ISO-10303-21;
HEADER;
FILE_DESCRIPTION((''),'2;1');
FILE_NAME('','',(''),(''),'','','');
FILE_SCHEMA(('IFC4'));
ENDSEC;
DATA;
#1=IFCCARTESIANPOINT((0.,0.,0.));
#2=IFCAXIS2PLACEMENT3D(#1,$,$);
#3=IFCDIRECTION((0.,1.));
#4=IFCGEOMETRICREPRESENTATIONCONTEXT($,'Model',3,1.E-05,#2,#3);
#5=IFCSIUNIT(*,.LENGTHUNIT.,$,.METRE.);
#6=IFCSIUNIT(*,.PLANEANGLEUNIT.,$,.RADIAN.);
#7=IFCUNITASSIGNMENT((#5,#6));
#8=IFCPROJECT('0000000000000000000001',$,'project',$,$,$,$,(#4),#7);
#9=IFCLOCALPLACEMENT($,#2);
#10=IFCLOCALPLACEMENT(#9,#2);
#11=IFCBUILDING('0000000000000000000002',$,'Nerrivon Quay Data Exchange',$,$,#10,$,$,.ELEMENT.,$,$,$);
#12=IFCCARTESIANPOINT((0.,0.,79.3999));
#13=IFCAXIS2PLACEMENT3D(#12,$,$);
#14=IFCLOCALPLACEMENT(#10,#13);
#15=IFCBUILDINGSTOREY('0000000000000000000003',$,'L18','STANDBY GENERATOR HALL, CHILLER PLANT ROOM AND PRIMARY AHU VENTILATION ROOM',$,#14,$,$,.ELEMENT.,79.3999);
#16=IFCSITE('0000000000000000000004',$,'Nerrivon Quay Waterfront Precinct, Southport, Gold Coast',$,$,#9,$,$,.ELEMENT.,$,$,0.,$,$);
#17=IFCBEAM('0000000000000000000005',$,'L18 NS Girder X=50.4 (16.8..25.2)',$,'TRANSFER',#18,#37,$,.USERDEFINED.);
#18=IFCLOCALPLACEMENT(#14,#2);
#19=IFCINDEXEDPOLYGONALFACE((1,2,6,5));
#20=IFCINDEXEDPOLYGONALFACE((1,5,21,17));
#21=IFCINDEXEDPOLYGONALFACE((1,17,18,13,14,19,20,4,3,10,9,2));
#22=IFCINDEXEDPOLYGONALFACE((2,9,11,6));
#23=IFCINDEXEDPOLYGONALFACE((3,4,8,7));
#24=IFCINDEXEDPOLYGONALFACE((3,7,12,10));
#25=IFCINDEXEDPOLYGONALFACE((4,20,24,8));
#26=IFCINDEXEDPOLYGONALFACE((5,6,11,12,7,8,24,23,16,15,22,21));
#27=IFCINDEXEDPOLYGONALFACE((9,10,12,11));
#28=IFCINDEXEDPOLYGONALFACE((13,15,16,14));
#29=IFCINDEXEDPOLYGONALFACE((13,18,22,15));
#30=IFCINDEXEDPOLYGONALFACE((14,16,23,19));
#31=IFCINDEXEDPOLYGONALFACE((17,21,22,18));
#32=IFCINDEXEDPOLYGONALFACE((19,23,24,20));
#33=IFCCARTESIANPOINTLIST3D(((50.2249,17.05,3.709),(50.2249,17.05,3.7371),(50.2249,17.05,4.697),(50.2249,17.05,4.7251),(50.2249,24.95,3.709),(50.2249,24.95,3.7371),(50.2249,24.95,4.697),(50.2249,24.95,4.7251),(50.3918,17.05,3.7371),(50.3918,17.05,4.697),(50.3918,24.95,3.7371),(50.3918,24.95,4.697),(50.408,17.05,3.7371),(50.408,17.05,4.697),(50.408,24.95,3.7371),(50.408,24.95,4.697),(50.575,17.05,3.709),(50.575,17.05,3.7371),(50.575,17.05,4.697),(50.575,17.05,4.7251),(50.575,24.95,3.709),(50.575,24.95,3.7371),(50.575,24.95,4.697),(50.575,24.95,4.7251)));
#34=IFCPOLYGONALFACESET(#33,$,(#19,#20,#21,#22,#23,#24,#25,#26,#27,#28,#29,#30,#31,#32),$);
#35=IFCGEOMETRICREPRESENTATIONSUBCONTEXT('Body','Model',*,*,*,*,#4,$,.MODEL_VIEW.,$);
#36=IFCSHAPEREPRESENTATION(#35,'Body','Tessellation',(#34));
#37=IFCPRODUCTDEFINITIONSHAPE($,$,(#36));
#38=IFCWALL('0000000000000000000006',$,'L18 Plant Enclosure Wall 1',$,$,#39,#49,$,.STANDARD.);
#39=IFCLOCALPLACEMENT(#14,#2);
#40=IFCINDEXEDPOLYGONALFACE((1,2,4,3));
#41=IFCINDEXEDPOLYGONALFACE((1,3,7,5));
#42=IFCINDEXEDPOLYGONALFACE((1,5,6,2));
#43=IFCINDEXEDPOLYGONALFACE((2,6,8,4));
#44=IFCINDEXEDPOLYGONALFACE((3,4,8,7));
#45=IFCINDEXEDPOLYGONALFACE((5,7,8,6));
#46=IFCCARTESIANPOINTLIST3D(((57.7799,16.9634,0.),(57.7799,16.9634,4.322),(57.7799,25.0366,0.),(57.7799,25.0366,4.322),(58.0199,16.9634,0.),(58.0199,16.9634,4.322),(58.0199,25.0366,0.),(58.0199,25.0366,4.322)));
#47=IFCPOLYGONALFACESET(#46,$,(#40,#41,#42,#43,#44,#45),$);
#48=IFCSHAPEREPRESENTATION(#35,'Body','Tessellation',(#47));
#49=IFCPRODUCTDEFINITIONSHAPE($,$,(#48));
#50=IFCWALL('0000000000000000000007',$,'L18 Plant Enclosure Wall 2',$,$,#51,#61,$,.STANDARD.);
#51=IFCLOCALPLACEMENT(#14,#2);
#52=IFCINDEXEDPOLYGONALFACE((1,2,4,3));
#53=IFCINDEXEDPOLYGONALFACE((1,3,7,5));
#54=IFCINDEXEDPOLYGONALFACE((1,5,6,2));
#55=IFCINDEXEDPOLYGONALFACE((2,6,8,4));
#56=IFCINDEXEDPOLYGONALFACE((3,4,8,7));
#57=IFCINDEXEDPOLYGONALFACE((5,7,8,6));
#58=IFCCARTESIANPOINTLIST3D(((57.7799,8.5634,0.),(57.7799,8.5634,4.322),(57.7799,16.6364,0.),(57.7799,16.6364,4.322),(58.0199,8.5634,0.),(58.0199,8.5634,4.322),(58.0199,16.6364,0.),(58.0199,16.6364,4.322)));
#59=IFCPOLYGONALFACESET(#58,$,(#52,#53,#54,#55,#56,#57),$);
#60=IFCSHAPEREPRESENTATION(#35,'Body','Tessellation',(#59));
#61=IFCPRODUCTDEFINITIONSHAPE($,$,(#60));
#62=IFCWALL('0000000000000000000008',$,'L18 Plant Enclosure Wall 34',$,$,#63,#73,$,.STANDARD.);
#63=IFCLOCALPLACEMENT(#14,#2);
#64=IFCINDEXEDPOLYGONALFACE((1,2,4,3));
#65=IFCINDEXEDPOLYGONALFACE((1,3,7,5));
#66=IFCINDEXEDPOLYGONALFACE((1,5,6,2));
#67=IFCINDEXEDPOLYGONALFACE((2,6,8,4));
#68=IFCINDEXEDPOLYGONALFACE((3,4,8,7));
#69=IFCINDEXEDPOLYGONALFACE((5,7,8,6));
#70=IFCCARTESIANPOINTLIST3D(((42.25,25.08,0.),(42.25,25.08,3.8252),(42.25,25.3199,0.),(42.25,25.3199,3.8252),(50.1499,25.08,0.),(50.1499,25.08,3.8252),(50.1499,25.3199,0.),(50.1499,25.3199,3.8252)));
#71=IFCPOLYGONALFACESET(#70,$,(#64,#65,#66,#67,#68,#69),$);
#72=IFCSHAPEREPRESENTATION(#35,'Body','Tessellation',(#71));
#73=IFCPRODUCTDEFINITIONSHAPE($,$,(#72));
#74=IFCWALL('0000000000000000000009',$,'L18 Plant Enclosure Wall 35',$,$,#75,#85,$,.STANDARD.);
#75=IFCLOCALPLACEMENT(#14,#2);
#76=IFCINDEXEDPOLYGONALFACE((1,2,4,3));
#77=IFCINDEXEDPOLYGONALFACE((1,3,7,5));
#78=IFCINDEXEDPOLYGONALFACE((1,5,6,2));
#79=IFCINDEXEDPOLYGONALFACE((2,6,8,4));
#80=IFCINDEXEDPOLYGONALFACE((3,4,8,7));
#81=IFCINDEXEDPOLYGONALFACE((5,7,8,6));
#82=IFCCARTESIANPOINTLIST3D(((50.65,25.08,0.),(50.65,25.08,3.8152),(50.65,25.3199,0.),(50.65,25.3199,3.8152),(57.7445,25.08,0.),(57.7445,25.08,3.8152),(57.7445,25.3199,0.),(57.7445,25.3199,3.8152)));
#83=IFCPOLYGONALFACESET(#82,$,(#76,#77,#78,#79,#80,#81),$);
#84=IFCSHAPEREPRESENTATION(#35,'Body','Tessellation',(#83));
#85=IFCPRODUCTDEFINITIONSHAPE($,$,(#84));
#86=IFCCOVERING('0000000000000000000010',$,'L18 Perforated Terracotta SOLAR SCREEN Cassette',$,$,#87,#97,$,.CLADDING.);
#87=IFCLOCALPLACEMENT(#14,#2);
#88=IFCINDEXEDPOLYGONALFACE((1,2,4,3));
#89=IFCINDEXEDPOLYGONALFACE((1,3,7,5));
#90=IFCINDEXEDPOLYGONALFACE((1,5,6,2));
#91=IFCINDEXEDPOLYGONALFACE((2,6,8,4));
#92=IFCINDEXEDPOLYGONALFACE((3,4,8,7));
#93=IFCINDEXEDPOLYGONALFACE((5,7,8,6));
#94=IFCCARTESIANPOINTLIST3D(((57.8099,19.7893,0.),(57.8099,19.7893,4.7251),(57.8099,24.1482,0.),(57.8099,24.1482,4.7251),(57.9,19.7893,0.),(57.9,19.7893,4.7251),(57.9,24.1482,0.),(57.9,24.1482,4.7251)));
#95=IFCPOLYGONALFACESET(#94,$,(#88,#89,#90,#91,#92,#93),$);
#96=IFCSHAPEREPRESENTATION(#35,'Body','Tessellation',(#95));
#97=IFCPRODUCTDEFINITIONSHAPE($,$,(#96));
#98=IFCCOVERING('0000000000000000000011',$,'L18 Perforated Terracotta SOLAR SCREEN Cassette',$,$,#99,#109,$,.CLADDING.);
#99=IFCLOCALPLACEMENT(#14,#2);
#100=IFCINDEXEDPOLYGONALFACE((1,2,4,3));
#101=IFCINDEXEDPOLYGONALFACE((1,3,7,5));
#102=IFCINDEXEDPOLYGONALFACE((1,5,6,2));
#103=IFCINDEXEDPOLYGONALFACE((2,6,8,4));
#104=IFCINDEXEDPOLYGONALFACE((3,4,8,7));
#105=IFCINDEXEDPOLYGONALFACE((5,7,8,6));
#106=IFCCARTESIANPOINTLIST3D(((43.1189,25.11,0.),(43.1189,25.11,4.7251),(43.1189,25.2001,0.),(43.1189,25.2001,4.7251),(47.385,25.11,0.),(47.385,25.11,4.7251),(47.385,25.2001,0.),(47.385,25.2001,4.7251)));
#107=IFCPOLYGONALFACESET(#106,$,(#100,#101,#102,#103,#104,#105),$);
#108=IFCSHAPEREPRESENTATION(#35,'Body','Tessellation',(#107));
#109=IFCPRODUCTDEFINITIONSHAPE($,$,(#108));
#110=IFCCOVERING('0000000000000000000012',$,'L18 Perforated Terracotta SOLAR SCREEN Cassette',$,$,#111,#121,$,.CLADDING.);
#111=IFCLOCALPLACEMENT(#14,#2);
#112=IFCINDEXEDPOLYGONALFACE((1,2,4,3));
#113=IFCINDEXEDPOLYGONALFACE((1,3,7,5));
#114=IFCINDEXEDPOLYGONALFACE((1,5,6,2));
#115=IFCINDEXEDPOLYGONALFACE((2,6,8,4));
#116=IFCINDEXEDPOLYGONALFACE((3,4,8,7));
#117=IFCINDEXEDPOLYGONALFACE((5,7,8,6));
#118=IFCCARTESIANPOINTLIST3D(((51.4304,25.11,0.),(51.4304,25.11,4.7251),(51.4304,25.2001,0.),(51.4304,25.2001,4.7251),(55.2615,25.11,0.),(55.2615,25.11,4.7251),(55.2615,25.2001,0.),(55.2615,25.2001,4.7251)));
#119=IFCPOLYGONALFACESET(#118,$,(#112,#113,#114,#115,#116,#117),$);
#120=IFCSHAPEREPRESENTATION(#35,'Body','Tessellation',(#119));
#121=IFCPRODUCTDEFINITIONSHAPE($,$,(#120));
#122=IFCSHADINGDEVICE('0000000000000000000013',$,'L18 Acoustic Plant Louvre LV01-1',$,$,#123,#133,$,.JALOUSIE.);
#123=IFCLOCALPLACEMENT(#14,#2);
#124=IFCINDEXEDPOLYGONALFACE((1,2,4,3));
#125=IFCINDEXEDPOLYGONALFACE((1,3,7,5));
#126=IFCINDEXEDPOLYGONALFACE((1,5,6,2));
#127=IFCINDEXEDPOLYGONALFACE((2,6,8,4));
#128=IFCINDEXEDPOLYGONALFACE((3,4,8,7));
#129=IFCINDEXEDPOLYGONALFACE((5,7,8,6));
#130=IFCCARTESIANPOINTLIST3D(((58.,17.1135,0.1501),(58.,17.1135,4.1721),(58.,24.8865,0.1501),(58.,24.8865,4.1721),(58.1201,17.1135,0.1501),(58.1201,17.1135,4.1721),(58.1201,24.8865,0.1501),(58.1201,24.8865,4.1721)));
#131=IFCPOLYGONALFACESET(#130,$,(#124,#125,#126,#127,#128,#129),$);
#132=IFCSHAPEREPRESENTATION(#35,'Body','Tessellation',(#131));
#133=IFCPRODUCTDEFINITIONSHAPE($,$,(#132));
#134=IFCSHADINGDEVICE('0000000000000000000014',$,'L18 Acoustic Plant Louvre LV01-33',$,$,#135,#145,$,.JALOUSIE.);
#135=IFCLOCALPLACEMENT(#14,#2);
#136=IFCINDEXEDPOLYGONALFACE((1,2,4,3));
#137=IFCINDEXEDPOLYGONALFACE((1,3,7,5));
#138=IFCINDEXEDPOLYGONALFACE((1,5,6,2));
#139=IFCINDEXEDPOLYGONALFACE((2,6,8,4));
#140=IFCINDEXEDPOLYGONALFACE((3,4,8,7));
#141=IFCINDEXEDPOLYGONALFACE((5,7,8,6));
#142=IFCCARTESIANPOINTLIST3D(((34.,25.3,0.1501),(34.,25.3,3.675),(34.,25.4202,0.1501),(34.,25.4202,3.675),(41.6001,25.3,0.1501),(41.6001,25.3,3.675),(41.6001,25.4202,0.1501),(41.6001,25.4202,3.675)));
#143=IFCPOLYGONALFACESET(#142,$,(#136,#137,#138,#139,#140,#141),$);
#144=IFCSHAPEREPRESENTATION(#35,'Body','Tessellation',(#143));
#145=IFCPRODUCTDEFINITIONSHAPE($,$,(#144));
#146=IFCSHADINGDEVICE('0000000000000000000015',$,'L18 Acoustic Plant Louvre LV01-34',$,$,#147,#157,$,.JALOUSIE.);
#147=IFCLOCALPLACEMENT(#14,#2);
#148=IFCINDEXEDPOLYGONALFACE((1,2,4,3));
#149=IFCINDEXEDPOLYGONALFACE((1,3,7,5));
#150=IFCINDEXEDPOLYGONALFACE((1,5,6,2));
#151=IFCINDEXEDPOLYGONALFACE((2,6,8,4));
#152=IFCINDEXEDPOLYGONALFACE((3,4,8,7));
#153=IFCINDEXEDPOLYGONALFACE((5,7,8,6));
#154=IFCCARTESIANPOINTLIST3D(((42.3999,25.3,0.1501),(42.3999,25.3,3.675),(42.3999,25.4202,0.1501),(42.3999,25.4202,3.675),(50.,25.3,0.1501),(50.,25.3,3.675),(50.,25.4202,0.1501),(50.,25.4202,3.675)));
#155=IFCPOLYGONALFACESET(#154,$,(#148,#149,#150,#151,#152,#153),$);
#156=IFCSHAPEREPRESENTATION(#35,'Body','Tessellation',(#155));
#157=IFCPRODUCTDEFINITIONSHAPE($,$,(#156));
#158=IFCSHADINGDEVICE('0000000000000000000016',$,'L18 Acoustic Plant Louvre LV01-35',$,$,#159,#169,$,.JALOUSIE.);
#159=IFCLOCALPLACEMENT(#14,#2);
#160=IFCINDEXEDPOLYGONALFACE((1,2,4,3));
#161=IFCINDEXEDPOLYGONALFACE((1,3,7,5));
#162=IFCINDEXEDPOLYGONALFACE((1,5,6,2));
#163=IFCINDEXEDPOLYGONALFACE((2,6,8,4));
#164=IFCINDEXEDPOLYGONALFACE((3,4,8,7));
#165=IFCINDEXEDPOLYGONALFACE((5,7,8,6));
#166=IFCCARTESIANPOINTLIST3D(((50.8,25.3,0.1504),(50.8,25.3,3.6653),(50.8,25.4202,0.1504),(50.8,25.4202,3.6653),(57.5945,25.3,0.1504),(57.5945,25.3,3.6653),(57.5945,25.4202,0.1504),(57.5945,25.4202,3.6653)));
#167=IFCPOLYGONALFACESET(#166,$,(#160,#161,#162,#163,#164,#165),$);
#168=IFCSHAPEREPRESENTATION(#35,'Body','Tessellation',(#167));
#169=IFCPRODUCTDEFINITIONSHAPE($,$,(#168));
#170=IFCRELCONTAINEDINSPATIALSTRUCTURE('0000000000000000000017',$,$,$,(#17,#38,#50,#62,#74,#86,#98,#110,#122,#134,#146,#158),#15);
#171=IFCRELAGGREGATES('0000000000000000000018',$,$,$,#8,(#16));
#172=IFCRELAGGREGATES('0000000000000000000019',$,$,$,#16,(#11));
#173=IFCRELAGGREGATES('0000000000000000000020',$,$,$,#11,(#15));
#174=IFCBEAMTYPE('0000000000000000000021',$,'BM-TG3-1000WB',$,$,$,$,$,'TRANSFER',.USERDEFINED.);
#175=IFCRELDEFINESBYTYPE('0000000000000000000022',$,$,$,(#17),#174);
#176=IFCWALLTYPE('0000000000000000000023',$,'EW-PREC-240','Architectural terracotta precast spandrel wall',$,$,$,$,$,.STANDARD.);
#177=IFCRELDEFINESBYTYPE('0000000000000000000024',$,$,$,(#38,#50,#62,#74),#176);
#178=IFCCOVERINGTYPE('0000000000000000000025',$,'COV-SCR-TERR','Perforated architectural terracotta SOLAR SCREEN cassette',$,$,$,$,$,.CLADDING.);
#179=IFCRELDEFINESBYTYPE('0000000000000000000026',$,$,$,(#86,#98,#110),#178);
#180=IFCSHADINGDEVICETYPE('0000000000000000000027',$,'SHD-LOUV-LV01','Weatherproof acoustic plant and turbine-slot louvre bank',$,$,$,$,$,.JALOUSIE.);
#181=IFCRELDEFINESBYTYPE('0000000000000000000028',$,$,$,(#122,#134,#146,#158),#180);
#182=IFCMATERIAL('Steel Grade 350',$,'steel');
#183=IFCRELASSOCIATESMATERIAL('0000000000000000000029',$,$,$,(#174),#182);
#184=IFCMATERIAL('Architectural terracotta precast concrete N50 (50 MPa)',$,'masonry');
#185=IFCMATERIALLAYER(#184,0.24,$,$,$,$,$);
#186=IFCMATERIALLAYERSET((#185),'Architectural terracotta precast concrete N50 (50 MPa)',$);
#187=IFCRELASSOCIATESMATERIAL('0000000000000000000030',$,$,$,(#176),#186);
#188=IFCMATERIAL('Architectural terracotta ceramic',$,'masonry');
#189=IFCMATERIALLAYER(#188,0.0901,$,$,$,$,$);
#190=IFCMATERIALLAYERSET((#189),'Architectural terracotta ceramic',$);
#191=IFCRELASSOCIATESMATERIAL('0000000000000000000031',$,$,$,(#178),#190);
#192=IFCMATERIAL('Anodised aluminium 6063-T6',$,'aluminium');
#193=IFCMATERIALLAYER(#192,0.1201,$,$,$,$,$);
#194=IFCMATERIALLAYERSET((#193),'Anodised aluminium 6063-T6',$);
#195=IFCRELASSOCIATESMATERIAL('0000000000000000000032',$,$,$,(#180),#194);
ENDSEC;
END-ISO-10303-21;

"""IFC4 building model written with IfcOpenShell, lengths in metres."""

from ifc_helpers import new_model, si_unit, direction, frame, frame_2d, origin, origin_2d, place, context, subcontext, project, spatial, rectangle, i_section, extrude, material, layer, layer_set, material_profile, profile_set, type_object, element, save


model = new_model("IFC4")

# Units and contexts
model_context = context("Model", 3, precision=1e-05, world=origin(), true_north=direction((0.0, 1.0)))
body_context = subcontext(model_context, "Body", "Model", "MODEL_VIEW")
ifc_project = project(units=[si_unit("LENGTHUNIT", "METRE"), si_unit("PLANEANGLEUNIT", "RADIAN")], contexts=[model_context])

# Site, building, storey
site_placement = place(None, origin())
site = spatial("IfcSite", under=ifc_project, at=site_placement, Name="Nerrivon Quay Waterfront Precinct, Southport, Gold Coast", CompositionType="ELEMENT", RefElevation=0.0)
building_placement = place(site_placement, origin())
building = spatial("IfcBuilding", under=site, at=building_placement, Name="Nerrivon Quay Data Exchange", CompositionType="ELEMENT")
storey_placement = place(building_placement, frame((0.0, 0.0, 79.3999)))
storey = spatial("IfcBuildingStorey", under=building, at=storey_placement, Name="L18", Description="STANDBY GENERATOR HALL, CHILLER PLANT ROOM AND PRIMARY AHU VENTILATION ROOM", CompositionType="ELEMENT", Elevation=79.3999)

# Shared definitions
ifc_material_1 = material(Name="Steel Grade 350", Category="steel")

# Beam
ifc_material_profile_1 = material_profile(ifc_material_1, i_section(OverallWidth=0.3501, OverallDepth=1.0161, WebThickness=0.0161, FlangeThickness=0.0281, at=origin_2d()), Name="1000WB258")
ifc_profile_set_1 = profile_set([ifc_material_profile_1], Name="Steel Grade 350")
beam_type_1 = type_object("IfcBeamType", Name="BM-TG3-1000WB", ElementType="TRANSFER", PredefinedType="USERDEFINED", material=ifc_profile_set_1)
for number, where, z_axis, x_axis, name in (
    (1, (50.3999, 17.05, 4.217), (0.0, 1.0, 0.0), (-1.0, 0.0, 0.0), "L18 NS Girder X=50.4 (16.8..25.2)"),
):
    element("IfcBeam", number, at=place(storey_placement, frame(where, z_axis=z_axis, x_axis=x_axis)), inside=storey, type_object=beam_type_1, Name=name, ObjectType="TRANSFER", PredefinedType="USERDEFINED", context=body_context, shape_type="SweptSolid", body=[
        extrude(i_section(OverallWidth=0.3501, OverallDepth=1.0161, WebThickness=0.0161, FlangeThickness=0.0281, at=origin_2d()), origin(), (0.0, 0.0, 1.0), 7.8999),
    ])

# Walls
ifc_material_2 = material(Name="Architectural terracotta precast concrete N50 (50 MPa)", Category="masonry")
ifc_layer_1 = layer(ifc_material_2, 0.24)
ifc_layer_set_1 = layer_set([ifc_layer_1], Name="Architectural terracotta precast concrete N50 (50 MPa)")
wall_type = type_object("IfcWallType", Name="EW-PREC-240", Description="Architectural terracotta precast spandrel wall", PredefinedType="STANDARD", material=ifc_layer_set_1)
wall_1_placement = place(storey_placement, frame((57.8999, 25.0366, 0.0), z_axis=(0.0, 0.0, 1.0), x_axis=(0.0, -1.0, 0.0)))
element("IfcWall", 2, at=wall_1_placement, inside=storey, type_object=wall_type, Name="L18 Plant Enclosure Wall 1", PredefinedType="STANDARD", context=body_context, shape_type="SweptSolid", body=[
    extrude(rectangle(XDim=8.0732, YDim=0.24, at=frame_2d((4.0366, 0.0))), origin(), (0.0, 0.0, 1.0), 4.322),
])
wall_2_placement = place(storey_placement, frame((57.8999, 16.6365, 0.0), z_axis=(0.0, 0.0, 1.0), x_axis=(0.0, -1.0, 0.0)))
element("IfcWall", 3, at=wall_2_placement, inside=storey, type_object=wall_type, Name="L18 Plant Enclosure Wall 2", PredefinedType="STANDARD", context=body_context, shape_type="SweptSolid", body=[
    extrude(rectangle(XDim=8.073, YDim=0.24, at=frame_2d((4.0366, 0.0))), origin(), (0.0, 0.0, 1.0), 4.322),
])
wall_3_placement = place(storey_placement, frame((42.25, 25.2, 0.0), z_axis=(0.0, 0.0, 1.0), x_axis=(1.0, 0.0, 0.0)))
element("IfcWall", 4, at=wall_3_placement, inside=storey, type_object=wall_type, Name="L18 Plant Enclosure Wall 34", PredefinedType="STANDARD", context=body_context, shape_type="SweptSolid", body=[
    extrude(rectangle(XDim=7.8999, YDim=0.24, at=frame_2d((3.95, 0.0))), origin(), (0.0, 0.0, 1.0), 3.8252),
])
wall_4_placement = place(storey_placement, frame((50.6499, 25.2, 0.0), z_axis=(0.0, 0.0, 1.0), x_axis=(1.0, 0.0, 0.0)))
element("IfcWall", 5, at=wall_4_placement, inside=storey, type_object=wall_type, Name="L18 Plant Enclosure Wall 35", PredefinedType="STANDARD", context=body_context, shape_type="SweptSolid", body=[
    extrude(rectangle(XDim=7.0945, YDim=0.24, at=frame_2d((3.5474, 0.0))), origin(), (0.0, 0.0, 1.0), 3.8152),
])

# Coverings
ifc_material_3 = material(Name="Architectural terracotta ceramic", Category="masonry")
ifc_layer_2 = layer(ifc_material_3, 0.0901)
ifc_layer_set_2 = layer_set([ifc_layer_2], Name="Architectural terracotta ceramic")
covering_type = type_object("IfcCoveringType", Name="COV-SCR-TERR", Description="Perforated architectural terracotta SOLAR SCREEN cassette", PredefinedType="CLADDING", material=ifc_layer_set_2)
covering_1_placement = place(storey_placement, frame((57.855, 21.9688, 0.0), z_axis=(0.0, 0.0, 1.0), x_axis=(0.0, -1.0, 0.0)))
element("IfcCovering", 6, at=covering_1_placement, inside=storey, type_object=covering_type, Name="L18 Perforated Terracotta SOLAR SCREEN Cassette", PredefinedType="CLADDING", context=body_context, shape_type="SweptSolid", body=[
    extrude(rectangle(XDim=4.3589, YDim=0.0901, at=origin_2d()), origin(), (0.0, 0.0, 1.0), 4.7251),
])
covering_2_placement = place(storey_placement, frame((45.252, 25.155, 0.0), z_axis=(0.0, 0.0, 1.0), x_axis=(1.0, 0.0, 0.0)))
element("IfcCovering", 7, at=covering_2_placement, inside=storey, type_object=covering_type, Name="L18 Perforated Terracotta SOLAR SCREEN Cassette", PredefinedType="CLADDING", context=body_context, shape_type="SweptSolid", body=[
    extrude(rectangle(XDim=4.2661, YDim=0.0901, at=origin_2d()), origin(), (0.0, 0.0, 1.0), 4.7251),
])
covering_3_placement = place(storey_placement, frame((53.3459, 25.155, 0.0), z_axis=(0.0, 0.0, 1.0), x_axis=(1.0, 0.0, 0.0)))
element("IfcCovering", 8, at=covering_3_placement, inside=storey, type_object=covering_type, Name="L18 Perforated Terracotta SOLAR SCREEN Cassette", PredefinedType="CLADDING", context=body_context, shape_type="SweptSolid", body=[
    extrude(rectangle(XDim=3.8311, YDim=0.0901, at=origin_2d()), origin(), (0.0, 0.0, 1.0), 4.7251),
])

# Shading devices
ifc_material_4 = material(Name="Anodised aluminium 6063-T6", Category="aluminium")
ifc_layer_3 = layer(ifc_material_4, 0.1201)
ifc_layer_set_3 = layer_set([ifc_layer_3], Name="Anodised aluminium 6063-T6")
shading_device_type = type_object("IfcShadingDeviceType", Name="SHD-LOUV-LV01", Description="Weatherproof acoustic plant and turbine-slot louvre bank", PredefinedType="JALOUSIE", material=ifc_layer_set_3)
shading_device_1_placement = place(storey_placement, frame((58.0601, 21.0, 0.1501), z_axis=(0.0, 0.0, 1.0), x_axis=(0.0, -1.0, 0.0)))
element("IfcShadingDevice", 9, at=shading_device_1_placement, inside=storey, type_object=shading_device_type, Name="L18 Acoustic Plant Louvre LV01-1", PredefinedType="JALOUSIE", context=body_context, shape_type="SweptSolid", body=[
    extrude(rectangle(XDim=7.7729, YDim=0.1201, at=origin_2d()), origin(), (0.0, 0.0, 1.0), 4.022),
])
for number, where, z_axis, x_axis, name in (
    (10, (37.8, 25.3601, 0.1501), (0.0, 0.0, 1.0), (1.0, 0.0, 0.0), "L18 Acoustic Plant Louvre LV01-33"),
    (11, (46.2, 25.3601, 0.1501), (0.0, 0.0, 1.0), (1.0, 0.0, 0.0), "L18 Acoustic Plant Louvre LV01-34"),
):
    element("IfcShadingDevice", number, at=place(storey_placement, frame(where, z_axis=z_axis, x_axis=x_axis)), inside=storey, type_object=shading_device_type, Name=name, PredefinedType="JALOUSIE", context=body_context, shape_type="SweptSolid", body=[
        extrude(rectangle(XDim=7.6001, YDim=0.1201, at=origin_2d()), origin(), (0.0, 0.0, 1.0), 3.5249),
    ])
shading_device_2_placement = place(storey_placement, frame((54.1973, 25.3601, 0.1504), z_axis=(0.0, 0.0, 1.0), x_axis=(1.0, 0.0, 0.0)))
element("IfcShadingDevice", 12, at=shading_device_2_placement, inside=storey, type_object=shading_device_type, Name="L18 Acoustic Plant Louvre LV01-35", PredefinedType="JALOUSIE", context=body_context, shape_type="SweptSolid", body=[
    extrude(rectangle(XDim=6.7944, YDim=0.1201, at=origin_2d()), origin(), (0.0, 0.0, 1.0), 3.5149),
])

save(model, "model.ifc")
